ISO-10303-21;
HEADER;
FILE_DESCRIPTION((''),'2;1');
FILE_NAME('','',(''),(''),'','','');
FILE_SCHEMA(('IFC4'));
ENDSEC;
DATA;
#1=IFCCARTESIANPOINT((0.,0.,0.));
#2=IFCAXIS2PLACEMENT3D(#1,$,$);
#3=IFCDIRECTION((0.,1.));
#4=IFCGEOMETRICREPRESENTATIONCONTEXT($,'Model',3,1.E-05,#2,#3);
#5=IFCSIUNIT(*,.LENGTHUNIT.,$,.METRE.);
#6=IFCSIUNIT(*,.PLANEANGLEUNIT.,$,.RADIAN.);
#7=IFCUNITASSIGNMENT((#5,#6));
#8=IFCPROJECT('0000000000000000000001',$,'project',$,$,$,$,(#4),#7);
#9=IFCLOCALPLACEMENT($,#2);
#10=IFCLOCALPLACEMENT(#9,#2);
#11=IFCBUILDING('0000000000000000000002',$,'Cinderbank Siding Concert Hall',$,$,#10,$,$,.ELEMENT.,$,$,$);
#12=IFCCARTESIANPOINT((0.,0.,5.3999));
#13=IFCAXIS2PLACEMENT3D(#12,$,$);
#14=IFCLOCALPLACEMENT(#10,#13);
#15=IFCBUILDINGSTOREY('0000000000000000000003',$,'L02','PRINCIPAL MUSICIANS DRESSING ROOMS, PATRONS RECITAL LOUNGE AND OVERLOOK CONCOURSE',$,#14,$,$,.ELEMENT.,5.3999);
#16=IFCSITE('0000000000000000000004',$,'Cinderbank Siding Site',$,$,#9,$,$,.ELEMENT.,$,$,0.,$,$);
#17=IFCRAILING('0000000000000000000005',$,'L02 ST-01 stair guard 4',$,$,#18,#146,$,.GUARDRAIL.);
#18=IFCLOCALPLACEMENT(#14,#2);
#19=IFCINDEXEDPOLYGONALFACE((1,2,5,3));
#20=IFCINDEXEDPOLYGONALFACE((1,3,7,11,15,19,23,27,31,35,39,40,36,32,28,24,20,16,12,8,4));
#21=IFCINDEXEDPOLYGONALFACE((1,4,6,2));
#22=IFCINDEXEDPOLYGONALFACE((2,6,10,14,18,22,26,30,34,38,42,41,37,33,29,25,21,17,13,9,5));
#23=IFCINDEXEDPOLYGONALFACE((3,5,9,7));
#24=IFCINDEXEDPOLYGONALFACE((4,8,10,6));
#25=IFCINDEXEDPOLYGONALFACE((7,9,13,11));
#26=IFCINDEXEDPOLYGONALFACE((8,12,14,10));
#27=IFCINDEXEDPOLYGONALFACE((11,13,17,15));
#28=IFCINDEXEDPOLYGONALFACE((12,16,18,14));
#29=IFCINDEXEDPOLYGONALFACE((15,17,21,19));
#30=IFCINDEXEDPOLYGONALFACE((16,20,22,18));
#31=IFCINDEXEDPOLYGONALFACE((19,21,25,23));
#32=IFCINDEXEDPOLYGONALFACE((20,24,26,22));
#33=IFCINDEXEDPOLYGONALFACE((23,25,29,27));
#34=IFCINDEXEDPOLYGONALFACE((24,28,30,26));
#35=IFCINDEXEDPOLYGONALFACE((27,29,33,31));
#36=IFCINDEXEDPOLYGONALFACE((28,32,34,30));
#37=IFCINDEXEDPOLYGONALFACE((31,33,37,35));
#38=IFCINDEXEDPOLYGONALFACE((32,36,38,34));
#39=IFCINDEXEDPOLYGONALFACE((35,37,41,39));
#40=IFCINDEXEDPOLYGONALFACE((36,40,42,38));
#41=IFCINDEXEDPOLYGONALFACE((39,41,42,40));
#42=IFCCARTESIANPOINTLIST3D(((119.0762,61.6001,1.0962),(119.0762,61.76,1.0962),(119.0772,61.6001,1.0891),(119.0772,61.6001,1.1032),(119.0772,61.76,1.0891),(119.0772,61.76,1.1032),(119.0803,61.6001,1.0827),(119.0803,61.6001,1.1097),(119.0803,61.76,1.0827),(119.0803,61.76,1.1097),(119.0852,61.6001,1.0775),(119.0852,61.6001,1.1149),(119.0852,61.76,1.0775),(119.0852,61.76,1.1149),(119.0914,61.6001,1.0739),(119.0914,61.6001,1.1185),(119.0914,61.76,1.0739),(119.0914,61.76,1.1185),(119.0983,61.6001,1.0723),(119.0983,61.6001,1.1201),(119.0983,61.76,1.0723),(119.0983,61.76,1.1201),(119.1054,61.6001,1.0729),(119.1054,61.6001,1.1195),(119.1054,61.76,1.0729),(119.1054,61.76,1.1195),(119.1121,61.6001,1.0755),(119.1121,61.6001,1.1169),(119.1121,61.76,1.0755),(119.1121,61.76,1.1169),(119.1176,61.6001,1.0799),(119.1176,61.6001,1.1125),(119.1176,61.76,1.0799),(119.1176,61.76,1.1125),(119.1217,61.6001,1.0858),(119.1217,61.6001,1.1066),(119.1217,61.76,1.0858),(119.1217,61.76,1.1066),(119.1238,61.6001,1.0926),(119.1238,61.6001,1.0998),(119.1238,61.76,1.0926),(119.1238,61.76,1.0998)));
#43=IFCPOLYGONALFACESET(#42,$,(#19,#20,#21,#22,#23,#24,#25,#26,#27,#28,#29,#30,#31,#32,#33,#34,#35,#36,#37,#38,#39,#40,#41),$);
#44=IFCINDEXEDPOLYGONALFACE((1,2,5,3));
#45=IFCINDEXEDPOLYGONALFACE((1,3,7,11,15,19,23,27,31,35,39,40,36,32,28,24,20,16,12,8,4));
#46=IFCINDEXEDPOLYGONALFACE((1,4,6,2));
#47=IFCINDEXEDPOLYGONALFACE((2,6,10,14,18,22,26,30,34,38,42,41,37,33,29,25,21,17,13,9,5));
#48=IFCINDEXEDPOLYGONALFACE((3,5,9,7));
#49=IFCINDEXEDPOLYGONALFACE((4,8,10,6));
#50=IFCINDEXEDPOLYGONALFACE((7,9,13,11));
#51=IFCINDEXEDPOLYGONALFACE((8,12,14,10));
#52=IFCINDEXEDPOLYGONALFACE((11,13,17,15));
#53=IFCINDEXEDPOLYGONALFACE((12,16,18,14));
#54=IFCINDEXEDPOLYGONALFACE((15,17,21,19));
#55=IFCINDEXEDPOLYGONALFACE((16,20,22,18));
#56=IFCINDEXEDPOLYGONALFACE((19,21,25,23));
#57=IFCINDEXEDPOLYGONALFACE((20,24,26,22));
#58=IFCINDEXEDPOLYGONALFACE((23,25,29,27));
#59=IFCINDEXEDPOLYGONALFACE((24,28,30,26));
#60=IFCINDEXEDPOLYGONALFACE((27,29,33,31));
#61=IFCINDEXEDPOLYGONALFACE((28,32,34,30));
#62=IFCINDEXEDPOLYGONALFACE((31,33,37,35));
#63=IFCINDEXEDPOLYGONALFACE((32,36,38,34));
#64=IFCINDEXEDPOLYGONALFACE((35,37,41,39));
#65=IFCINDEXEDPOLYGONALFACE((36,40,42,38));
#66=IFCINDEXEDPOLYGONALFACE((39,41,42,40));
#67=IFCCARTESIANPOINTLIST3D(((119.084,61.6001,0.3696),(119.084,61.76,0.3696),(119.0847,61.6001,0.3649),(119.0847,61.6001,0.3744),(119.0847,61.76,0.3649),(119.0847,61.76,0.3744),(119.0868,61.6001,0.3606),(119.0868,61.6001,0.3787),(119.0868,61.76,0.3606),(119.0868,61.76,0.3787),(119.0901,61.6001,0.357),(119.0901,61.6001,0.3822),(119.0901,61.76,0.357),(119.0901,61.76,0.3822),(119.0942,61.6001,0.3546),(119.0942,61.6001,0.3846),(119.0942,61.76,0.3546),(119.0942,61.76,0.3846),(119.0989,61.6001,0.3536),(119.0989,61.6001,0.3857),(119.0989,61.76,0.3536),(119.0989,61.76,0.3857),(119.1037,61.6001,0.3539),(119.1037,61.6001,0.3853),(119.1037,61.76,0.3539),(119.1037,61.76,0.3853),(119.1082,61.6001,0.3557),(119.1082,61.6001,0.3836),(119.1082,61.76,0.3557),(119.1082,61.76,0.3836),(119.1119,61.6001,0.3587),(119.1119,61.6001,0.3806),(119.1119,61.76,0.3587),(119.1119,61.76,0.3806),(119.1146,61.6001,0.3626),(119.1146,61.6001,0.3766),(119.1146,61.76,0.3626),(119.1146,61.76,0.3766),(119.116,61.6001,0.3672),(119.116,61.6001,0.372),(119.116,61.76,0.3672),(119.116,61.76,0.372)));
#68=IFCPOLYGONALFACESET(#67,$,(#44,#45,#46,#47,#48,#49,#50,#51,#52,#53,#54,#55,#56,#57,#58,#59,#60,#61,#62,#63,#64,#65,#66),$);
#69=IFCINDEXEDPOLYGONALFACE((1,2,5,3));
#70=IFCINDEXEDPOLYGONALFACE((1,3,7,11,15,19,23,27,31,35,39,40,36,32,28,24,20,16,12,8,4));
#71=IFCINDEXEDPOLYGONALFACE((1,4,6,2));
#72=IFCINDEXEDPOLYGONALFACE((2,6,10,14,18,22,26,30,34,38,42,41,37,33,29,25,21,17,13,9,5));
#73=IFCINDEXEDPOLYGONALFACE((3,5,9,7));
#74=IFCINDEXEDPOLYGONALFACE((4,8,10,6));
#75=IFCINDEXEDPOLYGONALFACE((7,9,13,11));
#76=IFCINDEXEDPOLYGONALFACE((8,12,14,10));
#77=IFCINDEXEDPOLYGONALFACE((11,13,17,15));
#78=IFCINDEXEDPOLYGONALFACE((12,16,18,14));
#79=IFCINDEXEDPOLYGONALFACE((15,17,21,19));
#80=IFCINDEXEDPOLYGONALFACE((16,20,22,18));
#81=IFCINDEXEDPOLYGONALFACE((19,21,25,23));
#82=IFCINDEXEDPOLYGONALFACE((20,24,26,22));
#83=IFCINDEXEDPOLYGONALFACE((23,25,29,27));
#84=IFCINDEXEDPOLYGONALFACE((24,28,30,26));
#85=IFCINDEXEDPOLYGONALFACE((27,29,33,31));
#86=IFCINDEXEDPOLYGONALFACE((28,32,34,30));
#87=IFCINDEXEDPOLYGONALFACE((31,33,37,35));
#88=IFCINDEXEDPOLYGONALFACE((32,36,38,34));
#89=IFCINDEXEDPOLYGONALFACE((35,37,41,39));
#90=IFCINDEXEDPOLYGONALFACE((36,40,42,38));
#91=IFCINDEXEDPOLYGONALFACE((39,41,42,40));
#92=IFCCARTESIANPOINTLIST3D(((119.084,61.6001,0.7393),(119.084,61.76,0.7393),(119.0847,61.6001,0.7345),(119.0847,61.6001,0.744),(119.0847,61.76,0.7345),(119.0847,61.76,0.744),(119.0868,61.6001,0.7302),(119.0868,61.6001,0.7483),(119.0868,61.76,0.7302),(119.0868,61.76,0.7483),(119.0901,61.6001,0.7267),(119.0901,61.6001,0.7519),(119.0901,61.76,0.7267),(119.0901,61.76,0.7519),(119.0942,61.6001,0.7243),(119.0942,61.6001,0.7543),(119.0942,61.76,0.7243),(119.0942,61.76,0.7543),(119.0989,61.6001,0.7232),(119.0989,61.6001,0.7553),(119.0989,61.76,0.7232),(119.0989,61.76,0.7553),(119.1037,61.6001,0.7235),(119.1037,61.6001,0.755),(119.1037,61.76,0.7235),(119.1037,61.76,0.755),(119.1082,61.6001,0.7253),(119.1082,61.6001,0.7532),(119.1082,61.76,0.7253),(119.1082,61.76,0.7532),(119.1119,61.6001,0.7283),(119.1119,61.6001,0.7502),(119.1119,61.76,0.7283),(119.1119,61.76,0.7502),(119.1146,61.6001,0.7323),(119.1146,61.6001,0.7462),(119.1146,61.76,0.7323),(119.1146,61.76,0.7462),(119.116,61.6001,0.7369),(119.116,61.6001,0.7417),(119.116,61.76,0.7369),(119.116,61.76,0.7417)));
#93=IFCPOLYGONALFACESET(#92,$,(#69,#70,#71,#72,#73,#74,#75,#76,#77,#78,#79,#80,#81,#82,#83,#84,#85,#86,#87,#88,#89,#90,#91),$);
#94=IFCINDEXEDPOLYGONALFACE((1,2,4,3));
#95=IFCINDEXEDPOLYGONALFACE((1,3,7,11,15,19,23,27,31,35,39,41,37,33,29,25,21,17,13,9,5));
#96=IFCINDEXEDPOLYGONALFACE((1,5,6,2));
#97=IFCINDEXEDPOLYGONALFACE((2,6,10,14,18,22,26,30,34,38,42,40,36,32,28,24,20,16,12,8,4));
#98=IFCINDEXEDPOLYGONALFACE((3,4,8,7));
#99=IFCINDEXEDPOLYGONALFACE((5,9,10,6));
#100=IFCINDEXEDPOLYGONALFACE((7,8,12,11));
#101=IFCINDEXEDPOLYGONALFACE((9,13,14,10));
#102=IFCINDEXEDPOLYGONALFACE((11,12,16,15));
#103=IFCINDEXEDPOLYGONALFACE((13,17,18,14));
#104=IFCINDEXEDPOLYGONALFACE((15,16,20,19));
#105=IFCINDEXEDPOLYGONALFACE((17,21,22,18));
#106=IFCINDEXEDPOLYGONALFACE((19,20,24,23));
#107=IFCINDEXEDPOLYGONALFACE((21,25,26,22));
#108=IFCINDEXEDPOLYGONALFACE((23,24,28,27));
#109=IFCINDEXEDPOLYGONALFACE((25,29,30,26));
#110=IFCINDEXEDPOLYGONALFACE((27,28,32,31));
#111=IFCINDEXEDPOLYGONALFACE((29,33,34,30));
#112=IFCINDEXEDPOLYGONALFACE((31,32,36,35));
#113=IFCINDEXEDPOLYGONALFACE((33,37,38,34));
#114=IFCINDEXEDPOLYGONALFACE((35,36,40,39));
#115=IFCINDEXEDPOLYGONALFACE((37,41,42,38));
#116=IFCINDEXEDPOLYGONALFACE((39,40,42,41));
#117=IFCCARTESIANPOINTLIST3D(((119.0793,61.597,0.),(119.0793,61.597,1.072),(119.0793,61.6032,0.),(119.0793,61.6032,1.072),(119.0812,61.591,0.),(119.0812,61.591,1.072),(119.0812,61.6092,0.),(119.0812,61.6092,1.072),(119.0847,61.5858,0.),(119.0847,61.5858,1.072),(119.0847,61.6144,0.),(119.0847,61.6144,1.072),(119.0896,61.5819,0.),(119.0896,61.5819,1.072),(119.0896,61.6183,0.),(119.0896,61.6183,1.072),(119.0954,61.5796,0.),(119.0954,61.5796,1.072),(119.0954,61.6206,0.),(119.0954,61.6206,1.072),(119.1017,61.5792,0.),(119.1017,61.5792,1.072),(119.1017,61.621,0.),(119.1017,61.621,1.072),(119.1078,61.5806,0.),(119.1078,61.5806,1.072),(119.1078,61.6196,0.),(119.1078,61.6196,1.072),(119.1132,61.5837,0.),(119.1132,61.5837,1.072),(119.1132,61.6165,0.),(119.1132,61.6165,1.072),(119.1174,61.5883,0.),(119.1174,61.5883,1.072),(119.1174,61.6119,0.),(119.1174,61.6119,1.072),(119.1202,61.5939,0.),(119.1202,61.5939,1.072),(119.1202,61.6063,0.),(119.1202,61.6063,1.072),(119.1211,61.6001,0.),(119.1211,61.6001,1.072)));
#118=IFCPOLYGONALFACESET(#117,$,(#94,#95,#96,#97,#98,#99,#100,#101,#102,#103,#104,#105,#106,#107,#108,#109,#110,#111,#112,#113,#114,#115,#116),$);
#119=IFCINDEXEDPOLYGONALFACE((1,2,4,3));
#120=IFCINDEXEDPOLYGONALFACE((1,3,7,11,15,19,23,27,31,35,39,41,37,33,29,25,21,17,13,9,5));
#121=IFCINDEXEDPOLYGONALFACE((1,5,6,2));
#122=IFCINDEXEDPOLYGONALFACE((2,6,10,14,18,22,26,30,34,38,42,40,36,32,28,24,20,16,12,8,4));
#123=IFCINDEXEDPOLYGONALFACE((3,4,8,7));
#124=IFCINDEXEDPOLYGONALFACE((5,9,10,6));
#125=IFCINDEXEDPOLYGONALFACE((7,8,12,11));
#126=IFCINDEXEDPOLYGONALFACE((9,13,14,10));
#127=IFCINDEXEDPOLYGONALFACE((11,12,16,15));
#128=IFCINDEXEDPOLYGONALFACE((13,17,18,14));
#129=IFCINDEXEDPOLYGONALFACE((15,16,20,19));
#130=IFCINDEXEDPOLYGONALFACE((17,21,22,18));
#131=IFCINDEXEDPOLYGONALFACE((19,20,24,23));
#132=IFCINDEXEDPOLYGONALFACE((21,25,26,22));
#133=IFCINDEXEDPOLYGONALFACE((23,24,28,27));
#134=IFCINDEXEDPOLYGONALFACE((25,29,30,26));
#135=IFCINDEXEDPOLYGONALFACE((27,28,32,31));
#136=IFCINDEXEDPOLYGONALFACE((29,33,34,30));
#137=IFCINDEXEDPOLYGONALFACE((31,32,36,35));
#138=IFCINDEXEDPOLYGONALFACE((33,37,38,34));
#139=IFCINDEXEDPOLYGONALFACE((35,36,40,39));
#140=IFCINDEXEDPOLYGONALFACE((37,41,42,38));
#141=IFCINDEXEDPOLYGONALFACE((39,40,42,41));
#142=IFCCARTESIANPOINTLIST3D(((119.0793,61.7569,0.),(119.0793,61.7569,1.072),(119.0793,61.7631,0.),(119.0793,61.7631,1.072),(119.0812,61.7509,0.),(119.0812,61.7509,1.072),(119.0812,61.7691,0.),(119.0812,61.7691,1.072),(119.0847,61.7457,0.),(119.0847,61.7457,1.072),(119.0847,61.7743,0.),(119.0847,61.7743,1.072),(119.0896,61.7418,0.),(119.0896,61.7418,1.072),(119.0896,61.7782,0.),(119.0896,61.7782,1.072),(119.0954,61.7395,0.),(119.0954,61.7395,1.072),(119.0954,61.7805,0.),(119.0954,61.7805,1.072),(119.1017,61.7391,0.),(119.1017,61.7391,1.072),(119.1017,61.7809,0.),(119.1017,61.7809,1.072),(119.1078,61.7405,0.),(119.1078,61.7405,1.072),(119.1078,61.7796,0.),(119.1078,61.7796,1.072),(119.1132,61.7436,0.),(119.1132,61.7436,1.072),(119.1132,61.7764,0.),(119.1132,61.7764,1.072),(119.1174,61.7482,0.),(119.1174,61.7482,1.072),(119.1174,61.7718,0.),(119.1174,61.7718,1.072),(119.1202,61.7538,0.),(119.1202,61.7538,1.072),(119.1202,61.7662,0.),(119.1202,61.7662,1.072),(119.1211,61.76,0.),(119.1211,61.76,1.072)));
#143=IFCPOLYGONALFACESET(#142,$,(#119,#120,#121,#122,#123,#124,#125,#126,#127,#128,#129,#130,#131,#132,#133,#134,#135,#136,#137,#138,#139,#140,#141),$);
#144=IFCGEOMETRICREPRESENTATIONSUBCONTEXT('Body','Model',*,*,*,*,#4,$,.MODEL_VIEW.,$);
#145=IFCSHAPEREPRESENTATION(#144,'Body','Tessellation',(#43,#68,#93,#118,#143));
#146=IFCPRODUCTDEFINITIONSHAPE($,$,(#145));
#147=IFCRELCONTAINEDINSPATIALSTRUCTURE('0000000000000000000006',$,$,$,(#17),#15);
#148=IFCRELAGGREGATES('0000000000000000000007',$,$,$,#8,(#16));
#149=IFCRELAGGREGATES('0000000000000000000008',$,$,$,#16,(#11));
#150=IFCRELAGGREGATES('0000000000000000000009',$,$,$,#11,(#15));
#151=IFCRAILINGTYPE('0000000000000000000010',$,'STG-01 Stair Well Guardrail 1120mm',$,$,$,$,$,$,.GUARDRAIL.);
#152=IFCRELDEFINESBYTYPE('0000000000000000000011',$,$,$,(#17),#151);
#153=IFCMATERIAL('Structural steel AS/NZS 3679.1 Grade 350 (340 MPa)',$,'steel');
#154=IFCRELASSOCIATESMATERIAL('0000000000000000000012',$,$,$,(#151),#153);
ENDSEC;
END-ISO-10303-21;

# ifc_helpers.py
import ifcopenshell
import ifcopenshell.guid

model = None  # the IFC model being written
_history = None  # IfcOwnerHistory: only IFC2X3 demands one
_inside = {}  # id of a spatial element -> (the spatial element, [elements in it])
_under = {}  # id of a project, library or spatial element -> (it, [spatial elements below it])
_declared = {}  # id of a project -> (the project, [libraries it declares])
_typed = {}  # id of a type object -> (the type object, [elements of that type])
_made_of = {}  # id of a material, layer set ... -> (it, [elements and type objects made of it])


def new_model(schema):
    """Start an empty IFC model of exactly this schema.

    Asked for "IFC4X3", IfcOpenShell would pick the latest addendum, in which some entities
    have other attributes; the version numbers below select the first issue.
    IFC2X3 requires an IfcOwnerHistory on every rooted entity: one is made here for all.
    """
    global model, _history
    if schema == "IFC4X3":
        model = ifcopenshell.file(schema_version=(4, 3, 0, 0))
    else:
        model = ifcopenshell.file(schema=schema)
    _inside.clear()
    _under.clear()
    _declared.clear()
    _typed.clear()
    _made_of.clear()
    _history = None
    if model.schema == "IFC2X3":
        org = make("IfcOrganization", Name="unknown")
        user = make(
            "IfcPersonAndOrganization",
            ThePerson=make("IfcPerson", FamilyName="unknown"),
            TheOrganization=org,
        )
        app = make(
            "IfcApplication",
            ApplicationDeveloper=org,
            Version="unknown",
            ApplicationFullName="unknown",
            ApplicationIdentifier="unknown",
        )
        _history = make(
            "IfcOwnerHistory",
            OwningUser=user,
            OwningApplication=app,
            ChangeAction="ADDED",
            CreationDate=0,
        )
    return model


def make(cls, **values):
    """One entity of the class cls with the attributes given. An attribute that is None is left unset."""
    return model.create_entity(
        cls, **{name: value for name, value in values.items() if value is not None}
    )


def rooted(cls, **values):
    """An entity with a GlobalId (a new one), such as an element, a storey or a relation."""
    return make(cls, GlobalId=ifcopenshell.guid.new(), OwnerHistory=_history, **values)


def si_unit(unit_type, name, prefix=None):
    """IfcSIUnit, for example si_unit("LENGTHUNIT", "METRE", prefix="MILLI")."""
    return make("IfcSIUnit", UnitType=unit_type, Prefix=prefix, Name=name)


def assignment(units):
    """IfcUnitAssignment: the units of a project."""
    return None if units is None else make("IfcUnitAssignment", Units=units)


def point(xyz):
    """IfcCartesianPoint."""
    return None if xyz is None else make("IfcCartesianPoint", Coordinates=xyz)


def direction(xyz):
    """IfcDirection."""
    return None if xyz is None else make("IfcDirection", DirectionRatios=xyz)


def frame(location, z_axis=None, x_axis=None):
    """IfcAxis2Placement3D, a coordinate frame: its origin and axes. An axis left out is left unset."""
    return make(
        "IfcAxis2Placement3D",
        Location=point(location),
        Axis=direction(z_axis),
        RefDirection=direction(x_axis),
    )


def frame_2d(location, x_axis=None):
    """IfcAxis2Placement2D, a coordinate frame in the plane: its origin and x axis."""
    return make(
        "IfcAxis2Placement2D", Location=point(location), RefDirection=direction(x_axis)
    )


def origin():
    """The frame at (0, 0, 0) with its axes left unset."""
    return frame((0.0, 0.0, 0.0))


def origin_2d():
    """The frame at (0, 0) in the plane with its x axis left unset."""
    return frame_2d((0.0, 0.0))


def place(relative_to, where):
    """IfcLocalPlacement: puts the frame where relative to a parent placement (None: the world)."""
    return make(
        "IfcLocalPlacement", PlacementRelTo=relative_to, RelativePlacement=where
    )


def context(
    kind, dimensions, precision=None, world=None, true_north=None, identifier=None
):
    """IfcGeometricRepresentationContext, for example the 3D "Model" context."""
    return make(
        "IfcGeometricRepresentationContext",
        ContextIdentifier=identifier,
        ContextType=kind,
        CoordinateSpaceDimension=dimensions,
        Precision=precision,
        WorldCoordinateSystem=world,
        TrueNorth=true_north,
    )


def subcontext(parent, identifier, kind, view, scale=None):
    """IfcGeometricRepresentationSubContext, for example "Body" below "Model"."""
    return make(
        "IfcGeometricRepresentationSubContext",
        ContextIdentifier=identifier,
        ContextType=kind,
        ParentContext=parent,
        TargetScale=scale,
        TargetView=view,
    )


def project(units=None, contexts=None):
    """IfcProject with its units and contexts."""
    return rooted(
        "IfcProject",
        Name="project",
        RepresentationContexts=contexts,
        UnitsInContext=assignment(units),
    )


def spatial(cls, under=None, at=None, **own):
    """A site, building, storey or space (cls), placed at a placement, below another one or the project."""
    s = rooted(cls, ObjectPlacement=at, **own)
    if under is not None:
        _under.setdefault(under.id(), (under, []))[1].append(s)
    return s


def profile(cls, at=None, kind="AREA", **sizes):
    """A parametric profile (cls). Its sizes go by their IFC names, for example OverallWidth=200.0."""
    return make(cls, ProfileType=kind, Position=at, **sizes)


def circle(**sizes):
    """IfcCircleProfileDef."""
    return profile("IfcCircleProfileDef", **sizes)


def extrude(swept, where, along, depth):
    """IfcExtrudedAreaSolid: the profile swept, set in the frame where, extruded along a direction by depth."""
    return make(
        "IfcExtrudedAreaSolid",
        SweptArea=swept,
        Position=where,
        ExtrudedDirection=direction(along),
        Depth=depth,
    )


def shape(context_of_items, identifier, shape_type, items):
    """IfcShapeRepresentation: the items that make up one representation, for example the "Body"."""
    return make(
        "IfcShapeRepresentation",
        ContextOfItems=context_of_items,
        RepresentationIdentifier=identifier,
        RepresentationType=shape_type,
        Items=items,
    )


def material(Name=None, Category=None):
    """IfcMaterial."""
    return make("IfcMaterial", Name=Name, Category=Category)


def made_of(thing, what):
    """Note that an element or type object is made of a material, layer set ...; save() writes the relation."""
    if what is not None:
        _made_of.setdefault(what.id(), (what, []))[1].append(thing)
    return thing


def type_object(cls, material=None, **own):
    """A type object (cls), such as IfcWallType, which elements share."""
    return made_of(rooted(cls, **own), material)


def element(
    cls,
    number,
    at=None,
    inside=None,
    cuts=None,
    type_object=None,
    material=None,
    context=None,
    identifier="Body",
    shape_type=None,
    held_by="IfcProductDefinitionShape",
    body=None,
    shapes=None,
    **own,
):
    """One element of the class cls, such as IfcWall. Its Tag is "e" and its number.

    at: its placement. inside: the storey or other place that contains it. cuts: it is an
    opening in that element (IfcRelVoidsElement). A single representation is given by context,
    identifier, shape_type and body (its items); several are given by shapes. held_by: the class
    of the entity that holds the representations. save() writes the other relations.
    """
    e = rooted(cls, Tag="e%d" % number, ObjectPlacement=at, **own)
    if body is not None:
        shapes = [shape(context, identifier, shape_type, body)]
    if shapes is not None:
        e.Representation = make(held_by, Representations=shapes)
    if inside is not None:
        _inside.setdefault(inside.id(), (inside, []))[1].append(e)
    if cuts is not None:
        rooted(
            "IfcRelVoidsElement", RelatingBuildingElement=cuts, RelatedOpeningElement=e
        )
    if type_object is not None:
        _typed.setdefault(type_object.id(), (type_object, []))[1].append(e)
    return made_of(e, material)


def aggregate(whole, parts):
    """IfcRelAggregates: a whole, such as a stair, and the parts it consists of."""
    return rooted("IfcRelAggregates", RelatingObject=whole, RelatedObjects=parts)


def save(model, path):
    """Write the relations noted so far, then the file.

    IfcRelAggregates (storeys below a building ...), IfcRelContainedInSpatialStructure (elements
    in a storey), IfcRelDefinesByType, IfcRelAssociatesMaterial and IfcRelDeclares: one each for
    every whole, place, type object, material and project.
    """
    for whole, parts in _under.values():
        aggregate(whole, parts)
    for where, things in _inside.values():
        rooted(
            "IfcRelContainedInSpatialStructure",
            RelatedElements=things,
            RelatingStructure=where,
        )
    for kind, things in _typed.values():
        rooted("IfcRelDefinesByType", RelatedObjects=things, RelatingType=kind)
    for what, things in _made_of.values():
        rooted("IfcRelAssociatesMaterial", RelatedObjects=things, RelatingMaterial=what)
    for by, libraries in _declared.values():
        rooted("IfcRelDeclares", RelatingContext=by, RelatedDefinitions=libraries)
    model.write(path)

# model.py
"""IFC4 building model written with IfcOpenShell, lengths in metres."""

from ifc_helpers import new_model, si_unit, direction, frame, origin, origin_2d, place, context, subcontext, project, spatial, circle, extrude, material, type_object, element, save


model = new_model("IFC4")

# Units and contexts
model_context = context("Model", 3, precision=1e-05, world=origin(), true_north=direction((0.0, 1.0)))
body_context = subcontext(model_context, "Body", "Model", "MODEL_VIEW")
ifc_project = project(units=[si_unit("LENGTHUNIT", "METRE"), si_unit("PLANEANGLEUNIT", "RADIAN")], contexts=[model_context])

# Site, building, storey
site_placement = place(None, origin())
site = spatial("IfcSite", under=ifc_project, at=site_placement, Name="Cinderbank Siding Site", CompositionType="ELEMENT", RefElevation=0.0)
building_placement = place(site_placement, origin())
building = spatial("IfcBuilding", under=site, at=building_placement, Name="Cinderbank Siding Concert Hall", CompositionType="ELEMENT")
storey_placement = place(building_placement, frame((0.0, 0.0, 5.3999)))
storey = spatial("IfcBuildingStorey", under=building, at=storey_placement, Name="L02", Description="PRINCIPAL MUSICIANS DRESSING ROOMS, PATRONS RECITAL LOUNGE AND OVERLOOK CONCOURSE", CompositionType="ELEMENT", Elevation=5.3999)

# Shared definitions
ifc_material_1 = material(Name="Structural steel AS/NZS 3679.1 Grade 350 (340 MPa)", Category="steel")

# Railing
railing_type_1 = type_object("IfcRailingType", Name="STG-01 Stair Well Guardrail 1120mm", PredefinedType="GUARDRAIL", material=ifc_material_1)
railing_1_placement = place(storey_placement, frame((119.1001, 61.6001, 0.0)))
element("IfcRailing", 1, at=railing_1_placement, inside=storey, type_object=railing_type_1, Name="L02 ST-01 stair guard 4", PredefinedType="GUARDRAIL", context=body_context, shape_type="SweptSolid", body=[
    extrude(circle(Radius=0.0239, at=origin_2d()), frame((0.0, 0.0, 1.0962), z_axis=(0.0, 1.0, 0.0), x_axis=(-1.0, 0.0, 0.0)), (0.0, 0.0, 1.0), 0.1599),
    extrude(circle(Radius=0.0161, at=origin_2d()), frame((0.0, 0.0, 0.3696), z_axis=(0.0, 1.0, 0.0), x_axis=(-1.0, 0.0, 0.0)), (0.0, 0.0, 1.0), 0.1599),
    extrude(circle(Radius=0.0161, at=origin_2d()), frame((0.0, 0.0, 0.7393), z_axis=(0.0, 1.0, 0.0), x_axis=(-1.0, 0.0, 0.0)), (0.0, 0.0, 1.0), 0.1599),
    extrude(circle(Radius=0.021, at=origin_2d()), origin(), (0.0, 0.0, 1.0), 1.072),
    extrude(circle(Radius=0.021, at=origin_2d()), frame((0.0, 0.1599, 0.0)), (0.0, 0.0, 1.0), 1.072),
])

save(model, "model.ifc")
